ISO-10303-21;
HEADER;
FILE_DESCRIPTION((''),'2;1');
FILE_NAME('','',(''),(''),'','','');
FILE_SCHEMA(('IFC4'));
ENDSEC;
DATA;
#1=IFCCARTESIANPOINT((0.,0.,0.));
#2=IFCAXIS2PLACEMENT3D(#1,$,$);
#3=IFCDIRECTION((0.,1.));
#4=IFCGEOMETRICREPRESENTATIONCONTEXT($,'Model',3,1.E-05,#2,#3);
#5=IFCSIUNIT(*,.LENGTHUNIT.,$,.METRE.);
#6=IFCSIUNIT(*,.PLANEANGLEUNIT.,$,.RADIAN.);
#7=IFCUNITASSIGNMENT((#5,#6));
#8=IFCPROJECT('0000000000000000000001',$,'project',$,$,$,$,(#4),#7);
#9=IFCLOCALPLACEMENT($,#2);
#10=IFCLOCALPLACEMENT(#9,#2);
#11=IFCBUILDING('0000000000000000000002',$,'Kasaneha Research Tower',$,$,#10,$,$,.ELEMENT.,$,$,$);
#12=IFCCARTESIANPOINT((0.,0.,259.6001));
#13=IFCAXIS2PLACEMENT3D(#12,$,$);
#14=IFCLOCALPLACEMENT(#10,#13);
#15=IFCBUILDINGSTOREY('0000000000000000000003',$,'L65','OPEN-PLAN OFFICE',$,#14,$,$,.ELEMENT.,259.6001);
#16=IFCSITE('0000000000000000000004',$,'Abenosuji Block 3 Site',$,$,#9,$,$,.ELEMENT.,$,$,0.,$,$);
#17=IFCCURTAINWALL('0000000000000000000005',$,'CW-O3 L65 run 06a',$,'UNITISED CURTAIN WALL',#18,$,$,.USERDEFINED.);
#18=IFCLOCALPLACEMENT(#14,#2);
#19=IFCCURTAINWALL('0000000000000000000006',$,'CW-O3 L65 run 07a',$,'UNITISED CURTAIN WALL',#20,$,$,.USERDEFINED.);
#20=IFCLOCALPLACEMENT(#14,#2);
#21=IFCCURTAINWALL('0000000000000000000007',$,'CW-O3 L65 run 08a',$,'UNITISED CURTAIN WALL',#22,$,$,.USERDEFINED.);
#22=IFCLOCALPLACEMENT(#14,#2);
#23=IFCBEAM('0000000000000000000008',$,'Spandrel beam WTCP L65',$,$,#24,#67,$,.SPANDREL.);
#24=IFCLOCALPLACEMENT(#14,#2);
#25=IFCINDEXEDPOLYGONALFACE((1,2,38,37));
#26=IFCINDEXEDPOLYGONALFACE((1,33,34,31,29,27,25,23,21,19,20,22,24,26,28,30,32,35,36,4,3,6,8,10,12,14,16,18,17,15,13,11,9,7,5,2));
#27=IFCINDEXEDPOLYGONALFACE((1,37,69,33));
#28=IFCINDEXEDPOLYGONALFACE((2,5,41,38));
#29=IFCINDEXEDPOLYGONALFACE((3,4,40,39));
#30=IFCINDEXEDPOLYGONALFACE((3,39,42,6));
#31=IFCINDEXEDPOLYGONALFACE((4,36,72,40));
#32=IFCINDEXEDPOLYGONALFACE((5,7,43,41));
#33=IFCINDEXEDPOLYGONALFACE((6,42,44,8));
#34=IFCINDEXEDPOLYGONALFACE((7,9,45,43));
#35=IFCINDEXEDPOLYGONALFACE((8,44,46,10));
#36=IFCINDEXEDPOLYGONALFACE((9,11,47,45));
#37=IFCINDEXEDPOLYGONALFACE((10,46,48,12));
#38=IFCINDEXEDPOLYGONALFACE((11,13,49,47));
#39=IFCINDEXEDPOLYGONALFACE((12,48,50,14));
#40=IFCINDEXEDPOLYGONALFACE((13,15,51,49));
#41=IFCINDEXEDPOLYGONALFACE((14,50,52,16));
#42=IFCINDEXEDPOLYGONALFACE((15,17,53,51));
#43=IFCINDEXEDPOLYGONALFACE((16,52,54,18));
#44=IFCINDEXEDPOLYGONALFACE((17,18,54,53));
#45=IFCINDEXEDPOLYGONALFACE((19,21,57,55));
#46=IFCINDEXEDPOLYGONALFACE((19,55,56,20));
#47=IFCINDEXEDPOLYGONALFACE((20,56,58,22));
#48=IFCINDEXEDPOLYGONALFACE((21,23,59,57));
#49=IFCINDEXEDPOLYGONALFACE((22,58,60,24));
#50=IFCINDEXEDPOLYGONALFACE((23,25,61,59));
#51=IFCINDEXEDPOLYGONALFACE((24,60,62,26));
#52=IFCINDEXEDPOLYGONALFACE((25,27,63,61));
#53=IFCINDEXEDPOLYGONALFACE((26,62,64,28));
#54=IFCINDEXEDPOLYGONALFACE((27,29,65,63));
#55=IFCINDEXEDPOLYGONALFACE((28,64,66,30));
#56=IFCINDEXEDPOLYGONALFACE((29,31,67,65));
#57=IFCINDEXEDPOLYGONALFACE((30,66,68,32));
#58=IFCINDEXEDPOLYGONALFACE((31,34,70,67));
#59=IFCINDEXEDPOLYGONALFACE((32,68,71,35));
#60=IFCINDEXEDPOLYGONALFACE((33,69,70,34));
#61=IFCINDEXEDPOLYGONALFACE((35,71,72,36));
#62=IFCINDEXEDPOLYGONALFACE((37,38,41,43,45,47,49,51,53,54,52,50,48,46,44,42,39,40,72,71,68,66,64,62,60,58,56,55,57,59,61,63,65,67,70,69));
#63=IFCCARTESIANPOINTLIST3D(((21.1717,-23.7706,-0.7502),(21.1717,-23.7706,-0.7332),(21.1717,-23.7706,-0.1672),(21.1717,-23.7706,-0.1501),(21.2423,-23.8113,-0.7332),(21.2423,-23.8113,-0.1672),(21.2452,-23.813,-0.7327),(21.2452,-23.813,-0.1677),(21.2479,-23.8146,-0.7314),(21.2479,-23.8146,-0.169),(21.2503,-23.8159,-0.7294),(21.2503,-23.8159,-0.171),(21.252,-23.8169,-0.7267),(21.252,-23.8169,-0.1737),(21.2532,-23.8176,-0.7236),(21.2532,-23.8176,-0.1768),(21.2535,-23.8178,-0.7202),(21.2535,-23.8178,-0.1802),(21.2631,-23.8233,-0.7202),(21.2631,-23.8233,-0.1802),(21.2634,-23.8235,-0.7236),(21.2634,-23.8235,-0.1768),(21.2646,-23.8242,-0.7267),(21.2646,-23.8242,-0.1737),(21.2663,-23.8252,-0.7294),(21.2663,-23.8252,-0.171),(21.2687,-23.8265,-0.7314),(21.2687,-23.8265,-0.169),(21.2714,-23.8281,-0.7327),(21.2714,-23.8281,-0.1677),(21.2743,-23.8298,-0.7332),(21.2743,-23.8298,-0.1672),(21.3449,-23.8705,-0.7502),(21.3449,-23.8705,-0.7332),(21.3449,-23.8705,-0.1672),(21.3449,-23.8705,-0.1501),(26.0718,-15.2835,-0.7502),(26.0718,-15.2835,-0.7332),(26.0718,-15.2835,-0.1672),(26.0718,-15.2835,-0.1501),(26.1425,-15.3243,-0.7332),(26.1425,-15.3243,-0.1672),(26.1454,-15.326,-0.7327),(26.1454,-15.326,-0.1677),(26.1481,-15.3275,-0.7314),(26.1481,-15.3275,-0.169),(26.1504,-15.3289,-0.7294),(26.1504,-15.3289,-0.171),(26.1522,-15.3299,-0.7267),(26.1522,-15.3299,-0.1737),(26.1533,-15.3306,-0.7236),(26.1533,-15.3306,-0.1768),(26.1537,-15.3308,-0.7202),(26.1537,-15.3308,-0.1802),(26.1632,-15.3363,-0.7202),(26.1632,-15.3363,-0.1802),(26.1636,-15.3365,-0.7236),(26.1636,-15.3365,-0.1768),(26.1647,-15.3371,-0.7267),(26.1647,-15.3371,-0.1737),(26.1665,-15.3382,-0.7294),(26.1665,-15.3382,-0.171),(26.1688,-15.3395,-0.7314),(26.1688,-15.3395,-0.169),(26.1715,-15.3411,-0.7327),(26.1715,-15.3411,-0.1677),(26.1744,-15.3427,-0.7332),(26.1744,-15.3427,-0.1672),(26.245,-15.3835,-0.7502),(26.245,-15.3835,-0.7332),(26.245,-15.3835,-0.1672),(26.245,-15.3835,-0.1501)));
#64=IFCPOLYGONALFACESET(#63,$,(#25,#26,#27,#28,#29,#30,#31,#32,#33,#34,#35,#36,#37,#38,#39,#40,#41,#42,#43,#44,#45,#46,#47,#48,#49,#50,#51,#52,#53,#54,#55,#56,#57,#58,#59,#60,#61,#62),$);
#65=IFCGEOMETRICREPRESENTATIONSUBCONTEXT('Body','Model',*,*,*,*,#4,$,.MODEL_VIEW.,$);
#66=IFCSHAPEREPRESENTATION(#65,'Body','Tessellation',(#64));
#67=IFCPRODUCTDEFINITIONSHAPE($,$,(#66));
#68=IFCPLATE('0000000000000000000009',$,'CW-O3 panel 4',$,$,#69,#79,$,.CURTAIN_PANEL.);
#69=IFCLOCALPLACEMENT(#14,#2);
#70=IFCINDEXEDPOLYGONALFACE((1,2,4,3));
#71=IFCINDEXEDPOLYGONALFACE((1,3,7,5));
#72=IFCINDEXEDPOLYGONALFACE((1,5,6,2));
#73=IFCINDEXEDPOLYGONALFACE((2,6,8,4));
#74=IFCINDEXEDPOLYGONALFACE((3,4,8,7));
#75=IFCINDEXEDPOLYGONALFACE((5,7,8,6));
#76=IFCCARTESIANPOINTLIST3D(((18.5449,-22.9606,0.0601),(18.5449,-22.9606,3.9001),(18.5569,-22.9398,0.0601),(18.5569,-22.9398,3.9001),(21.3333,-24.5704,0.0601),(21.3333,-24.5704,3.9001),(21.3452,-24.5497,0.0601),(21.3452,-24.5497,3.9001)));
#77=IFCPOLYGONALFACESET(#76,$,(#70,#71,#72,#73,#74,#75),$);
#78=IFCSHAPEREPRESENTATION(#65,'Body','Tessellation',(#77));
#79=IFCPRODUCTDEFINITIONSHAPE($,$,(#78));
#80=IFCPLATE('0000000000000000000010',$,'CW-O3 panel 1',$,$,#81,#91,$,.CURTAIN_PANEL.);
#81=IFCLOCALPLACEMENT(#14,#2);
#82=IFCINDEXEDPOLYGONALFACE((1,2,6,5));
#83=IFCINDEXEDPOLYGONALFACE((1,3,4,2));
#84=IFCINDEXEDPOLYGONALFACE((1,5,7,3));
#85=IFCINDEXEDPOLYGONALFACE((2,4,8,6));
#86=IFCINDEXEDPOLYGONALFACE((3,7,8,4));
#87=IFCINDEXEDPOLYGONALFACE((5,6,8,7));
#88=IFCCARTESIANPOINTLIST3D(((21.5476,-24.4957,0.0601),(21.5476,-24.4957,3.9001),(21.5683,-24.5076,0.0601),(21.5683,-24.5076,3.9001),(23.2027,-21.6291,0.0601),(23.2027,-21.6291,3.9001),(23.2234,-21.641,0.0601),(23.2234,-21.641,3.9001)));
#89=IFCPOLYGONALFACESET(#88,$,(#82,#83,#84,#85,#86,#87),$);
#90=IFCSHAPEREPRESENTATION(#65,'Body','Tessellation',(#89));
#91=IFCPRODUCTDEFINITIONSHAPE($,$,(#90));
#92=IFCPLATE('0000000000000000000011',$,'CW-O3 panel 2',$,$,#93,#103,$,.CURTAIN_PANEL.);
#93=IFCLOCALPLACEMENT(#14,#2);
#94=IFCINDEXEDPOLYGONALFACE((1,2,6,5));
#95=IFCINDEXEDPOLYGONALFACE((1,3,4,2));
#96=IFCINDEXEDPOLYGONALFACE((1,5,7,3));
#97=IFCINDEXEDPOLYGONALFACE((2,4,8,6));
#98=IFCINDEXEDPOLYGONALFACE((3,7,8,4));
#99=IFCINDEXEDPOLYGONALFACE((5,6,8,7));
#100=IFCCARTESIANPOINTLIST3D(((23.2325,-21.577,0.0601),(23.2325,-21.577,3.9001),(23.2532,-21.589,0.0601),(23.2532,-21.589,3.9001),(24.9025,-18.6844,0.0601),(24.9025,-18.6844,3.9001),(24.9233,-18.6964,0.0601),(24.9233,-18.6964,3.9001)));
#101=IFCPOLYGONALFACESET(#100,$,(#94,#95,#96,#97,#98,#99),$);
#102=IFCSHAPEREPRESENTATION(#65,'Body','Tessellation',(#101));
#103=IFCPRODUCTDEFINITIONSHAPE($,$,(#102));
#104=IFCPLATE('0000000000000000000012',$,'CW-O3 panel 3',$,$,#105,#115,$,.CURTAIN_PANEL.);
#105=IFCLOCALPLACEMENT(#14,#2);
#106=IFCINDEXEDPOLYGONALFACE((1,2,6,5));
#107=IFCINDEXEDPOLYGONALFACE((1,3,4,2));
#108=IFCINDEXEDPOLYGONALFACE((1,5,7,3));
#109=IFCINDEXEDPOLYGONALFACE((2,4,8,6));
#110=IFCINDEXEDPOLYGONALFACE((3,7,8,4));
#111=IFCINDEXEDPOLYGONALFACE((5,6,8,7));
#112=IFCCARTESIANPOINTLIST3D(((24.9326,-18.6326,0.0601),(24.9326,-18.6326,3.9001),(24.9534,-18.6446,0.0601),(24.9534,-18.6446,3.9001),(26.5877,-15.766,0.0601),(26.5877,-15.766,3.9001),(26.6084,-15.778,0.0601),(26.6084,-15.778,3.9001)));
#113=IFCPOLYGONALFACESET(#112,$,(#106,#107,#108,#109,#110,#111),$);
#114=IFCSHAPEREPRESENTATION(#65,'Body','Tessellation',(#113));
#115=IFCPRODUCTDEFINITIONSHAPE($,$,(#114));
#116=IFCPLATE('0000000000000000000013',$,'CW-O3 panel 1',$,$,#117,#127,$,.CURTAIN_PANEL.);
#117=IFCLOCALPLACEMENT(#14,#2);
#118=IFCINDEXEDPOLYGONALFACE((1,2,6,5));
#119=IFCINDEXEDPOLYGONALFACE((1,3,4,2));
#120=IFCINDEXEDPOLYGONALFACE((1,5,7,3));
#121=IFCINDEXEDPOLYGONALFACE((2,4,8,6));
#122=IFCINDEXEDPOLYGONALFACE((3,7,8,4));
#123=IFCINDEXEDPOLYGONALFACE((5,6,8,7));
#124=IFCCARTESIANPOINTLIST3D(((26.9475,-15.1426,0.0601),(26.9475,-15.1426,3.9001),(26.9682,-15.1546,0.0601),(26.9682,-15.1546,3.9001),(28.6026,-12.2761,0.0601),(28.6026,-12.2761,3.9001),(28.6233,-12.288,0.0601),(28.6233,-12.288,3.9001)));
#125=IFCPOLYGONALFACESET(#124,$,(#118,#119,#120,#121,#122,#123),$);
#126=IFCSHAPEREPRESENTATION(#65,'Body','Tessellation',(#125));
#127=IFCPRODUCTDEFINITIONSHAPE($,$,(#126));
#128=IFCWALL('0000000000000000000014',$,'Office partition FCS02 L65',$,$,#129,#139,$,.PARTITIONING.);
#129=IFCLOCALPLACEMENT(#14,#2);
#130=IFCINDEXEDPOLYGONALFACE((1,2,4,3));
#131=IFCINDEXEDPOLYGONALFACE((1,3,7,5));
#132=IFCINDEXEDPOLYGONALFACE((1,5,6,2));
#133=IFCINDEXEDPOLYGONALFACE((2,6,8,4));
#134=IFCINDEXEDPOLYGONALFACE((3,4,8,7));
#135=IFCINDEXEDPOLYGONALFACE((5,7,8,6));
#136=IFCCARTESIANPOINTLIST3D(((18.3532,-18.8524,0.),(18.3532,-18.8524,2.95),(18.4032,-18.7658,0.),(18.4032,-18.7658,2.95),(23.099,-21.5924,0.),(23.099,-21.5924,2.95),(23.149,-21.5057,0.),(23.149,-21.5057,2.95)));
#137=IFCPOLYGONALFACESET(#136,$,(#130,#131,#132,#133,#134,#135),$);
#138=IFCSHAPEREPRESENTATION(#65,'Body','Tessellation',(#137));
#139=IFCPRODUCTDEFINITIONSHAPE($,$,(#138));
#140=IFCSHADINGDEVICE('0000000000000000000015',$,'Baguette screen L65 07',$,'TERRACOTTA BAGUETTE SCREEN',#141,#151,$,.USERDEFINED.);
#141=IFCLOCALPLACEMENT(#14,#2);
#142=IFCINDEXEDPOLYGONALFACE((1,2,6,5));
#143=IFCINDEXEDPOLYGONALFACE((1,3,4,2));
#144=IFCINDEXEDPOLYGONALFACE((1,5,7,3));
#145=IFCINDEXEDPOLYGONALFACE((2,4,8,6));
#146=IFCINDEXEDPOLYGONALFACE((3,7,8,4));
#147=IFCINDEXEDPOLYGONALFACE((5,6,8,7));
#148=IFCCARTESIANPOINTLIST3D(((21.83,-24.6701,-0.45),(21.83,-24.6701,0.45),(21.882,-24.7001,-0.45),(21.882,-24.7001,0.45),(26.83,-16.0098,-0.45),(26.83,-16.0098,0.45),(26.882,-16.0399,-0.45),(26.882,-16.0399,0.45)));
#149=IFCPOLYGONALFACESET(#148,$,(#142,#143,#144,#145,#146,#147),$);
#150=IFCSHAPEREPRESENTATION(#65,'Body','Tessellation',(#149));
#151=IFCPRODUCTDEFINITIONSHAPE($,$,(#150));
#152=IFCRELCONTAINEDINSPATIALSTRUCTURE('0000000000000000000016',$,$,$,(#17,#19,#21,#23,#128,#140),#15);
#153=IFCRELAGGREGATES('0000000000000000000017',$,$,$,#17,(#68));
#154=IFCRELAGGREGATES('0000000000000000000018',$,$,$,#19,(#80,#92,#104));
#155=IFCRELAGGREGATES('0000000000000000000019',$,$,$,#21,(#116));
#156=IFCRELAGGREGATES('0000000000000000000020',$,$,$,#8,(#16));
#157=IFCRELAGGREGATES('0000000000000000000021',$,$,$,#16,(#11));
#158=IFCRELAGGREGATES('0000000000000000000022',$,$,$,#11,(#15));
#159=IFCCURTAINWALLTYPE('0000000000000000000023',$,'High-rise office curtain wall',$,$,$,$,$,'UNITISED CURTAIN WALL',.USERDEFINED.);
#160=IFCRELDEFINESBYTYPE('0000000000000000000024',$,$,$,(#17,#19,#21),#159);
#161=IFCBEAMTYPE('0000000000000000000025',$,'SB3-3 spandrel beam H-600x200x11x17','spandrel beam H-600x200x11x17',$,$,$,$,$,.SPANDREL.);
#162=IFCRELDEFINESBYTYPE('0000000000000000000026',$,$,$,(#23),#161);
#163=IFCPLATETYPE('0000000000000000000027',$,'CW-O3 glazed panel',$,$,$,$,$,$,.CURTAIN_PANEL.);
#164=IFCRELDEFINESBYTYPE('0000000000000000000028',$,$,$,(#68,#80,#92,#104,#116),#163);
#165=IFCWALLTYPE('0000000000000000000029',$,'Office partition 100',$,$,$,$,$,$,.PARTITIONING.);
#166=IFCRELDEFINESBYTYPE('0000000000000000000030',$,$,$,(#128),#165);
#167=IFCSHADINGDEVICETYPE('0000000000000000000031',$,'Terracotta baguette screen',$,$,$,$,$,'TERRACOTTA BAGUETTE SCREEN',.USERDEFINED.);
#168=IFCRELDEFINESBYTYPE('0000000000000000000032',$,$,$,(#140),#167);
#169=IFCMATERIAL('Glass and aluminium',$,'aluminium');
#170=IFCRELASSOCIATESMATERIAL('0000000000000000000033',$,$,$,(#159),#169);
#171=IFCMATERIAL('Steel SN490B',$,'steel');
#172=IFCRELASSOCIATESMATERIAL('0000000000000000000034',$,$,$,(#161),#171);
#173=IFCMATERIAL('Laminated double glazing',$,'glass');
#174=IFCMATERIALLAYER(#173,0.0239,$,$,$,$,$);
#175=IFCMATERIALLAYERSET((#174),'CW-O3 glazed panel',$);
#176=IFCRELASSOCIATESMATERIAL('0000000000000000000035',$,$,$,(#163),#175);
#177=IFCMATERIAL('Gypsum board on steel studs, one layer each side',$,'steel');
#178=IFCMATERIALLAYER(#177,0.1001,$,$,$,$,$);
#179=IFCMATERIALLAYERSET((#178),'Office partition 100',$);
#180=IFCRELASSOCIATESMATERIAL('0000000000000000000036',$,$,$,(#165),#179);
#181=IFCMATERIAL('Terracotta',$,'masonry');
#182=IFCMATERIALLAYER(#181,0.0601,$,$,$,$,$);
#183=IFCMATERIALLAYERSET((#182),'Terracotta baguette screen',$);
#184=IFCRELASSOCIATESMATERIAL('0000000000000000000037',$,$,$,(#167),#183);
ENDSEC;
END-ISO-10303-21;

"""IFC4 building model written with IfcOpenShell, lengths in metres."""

from ifc_helpers import new_model, si_unit, direction, frame, frame_2d, origin, origin_2d, place, context, subcontext, project, spatial, rectangle, i_section, extrude, material, layer, layer_set, material_profile, profile_set, type_object, element, aggregate, save


model = new_model("IFC4")

# Units and contexts
model_context = context("Model", 3, precision=1e-05, world=origin(), true_north=direction((0.0, 1.0)))
body_context = subcontext(model_context, "Body", "Model", "MODEL_VIEW")
ifc_project = project(units=[si_unit("LENGTHUNIT", "METRE"), si_unit("PLANEANGLEUNIT", "RADIAN")], contexts=[model_context])

# Site, building, storey
site_placement = place(None, origin())
site = spatial("IfcSite", under=ifc_project, at=site_placement, Name="Abenosuji Block 3 Site", CompositionType="ELEMENT", RefElevation=0.0)
building_placement = place(site_placement, origin())
building = spatial("IfcBuilding", under=site, at=building_placement, Name="Kasaneha Research Tower", CompositionType="ELEMENT")
storey_placement = place(building_placement, frame((0.0, 0.0, 259.6001)))
storey = spatial("IfcBuildingStorey", under=building, at=storey_placement, Name="L65", Description="OPEN-PLAN OFFICE", CompositionType="ELEMENT", Elevation=259.6001)

# Curtain wall
ifc_material_1 = material(Name="Glass and aluminium", Category="aluminium")
curtain_wall_type = type_object("IfcCurtainWallType", Name="High-rise office curtain wall", ElementType="UNITISED CURTAIN WALL", PredefinedType="USERDEFINED", material=ifc_material_1)
curtain_wall_1_placement = place(storey_placement, origin())
curtain_wall_1 = element("IfcCurtainWall", 1, at=curtain_wall_1_placement, inside=storey, type_object=curtain_wall_type, Name="CW-O3 L65 run 06a", ObjectType="UNITISED CURTAIN WALL", PredefinedType="USERDEFINED")

# Curtain wall
curtain_wall_2_placement = place(storey_placement, origin())
curtain_wall_2 = element("IfcCurtainWall", 2, at=curtain_wall_2_placement, inside=storey, type_object=curtain_wall_type, Name="CW-O3 L65 run 07a", ObjectType="UNITISED CURTAIN WALL", PredefinedType="USERDEFINED")

# Curtain wall
curtain_wall_3_placement = place(storey_placement, origin())
curtain_wall_3 = element("IfcCurtainWall", 3, at=curtain_wall_3_placement, inside=storey, type_object=curtain_wall_type, Name="CW-O3 L65 run 08a", ObjectType="UNITISED CURTAIN WALL", PredefinedType="USERDEFINED")

# Beam
ifc_material_2 = material(Name="Steel SN490B", Category="steel")
ifc_material_profile_1 = material_profile(ifc_material_2, i_section(OverallWidth=0.2, OverallDepth=0.6001, WebThickness=0.011, FlangeThickness=0.0171, FilletRadius=0.0129, at=origin_2d()), Name="H-600x200x11x17")
ifc_profile_set_1 = profile_set([ifc_material_profile_1], Name="Steel SN490B")
beam_type = type_object("IfcBeamType", Name="SB3-3 spandrel beam H-600x200x11x17", Description="spandrel beam H-600x200x11x17", PredefinedType="SPANDREL", material=ifc_profile_set_1)
beam_placement = place(storey_placement, frame((21.2583, -23.8206, -0.4502), z_axis=(0.500011, 0.866019, 0.0), x_axis=(-0.866019, 0.500011, 0.0)))
element("IfcBeam", 4, at=beam_placement, inside=storey, type_object=beam_type, Name="Spandrel beam WTCP L65", PredefinedType="SPANDREL", context=body_context, shape_type="SweptSolid", body=[
    extrude(i_section(OverallWidth=0.2, OverallDepth=0.6001, WebThickness=0.011, FlangeThickness=0.0171, FilletRadius=0.0129, at=origin_2d()), origin(), (0.0, 0.0, 1.0), 9.8),
])

# Plates
ifc_material_3 = material(Name="Laminated double glazing", Category="glass")
ifc_layer_1 = layer(ifc_material_3, 0.0239)
ifc_layer_set_1 = layer_set([ifc_layer_1], Name="CW-O3 glazed panel")
plate_type = type_object("IfcPlateType", Name="CW-O3 glazed panel", PredefinedType="CURTAIN_PANEL", material=ifc_layer_set_1)
plate_1_placement = place(storey_placement, frame((19.9451, -23.7551, 0.0601), z_axis=(0.0, 0.0, 1.0), x_axis=(0.866025, -0.5, 0.0)))
plate_1 = element("IfcPlate", 5, at=plate_1_placement, type_object=plate_type, Name="CW-O3 panel 4", PredefinedType="CURTAIN_PANEL", context=body_context, shape_type="SweptSolid", body=[
    extrude(rectangle(XDim=3.2197, YDim=0.0239, at=origin_2d()), origin(), (0.0, 0.0, 1.0), 3.8401),
])
aggregate(curtain_wall_1, [plate_1])
plate_2_placement = place(storey_placement, frame((22.3855, -23.0684, 0.0601), z_axis=(0.0, 0.0, 1.0), x_axis=(0.5, 0.866025, 0.0)))
plate_2 = element("IfcPlate", 6, at=plate_2_placement, type_object=plate_type, Name="CW-O3 panel 1", PredefinedType="CURTAIN_PANEL", context=body_context, shape_type="SweptSolid", body=[
    extrude(rectangle(XDim=3.3101, YDim=0.0239, at=origin_2d()), origin(), (0.0, 0.0, 1.0), 3.8401),
])
plate_3_placement = place(storey_placement, frame((24.0779, -20.1367, 0.0601), z_axis=(0.0, 0.0, 1.0), x_axis=(0.5, 0.866025, 0.0)))
plate_3 = element("IfcPlate", 7, at=plate_3_placement, type_object=plate_type, Name="CW-O3 panel 2", PredefinedType="CURTAIN_PANEL", context=body_context, shape_type="SweptSolid", body=[
    extrude(rectangle(XDim=3.3401, YDim=0.0239, at=origin_2d()), origin(), (0.0, 0.0, 1.0), 3.8401),
])
plate_4_placement = place(storey_placement, frame((25.7705, -17.2053, 0.0601), z_axis=(0.0, 0.0, 1.0), x_axis=(0.5, 0.866025, 0.0)))
plate_4 = element("IfcPlate", 8, at=plate_4_placement, type_object=plate_type, Name="CW-O3 panel 3", PredefinedType="CURTAIN_PANEL", context=body_context, shape_type="SweptSolid", body=[
    extrude(rectangle(XDim=3.3101, YDim=0.0239, at=origin_2d()), origin(), (0.0, 0.0, 1.0), 3.8401),
])
aggregate(curtain_wall_2, [plate_2, plate_3, plate_4])
plate_5_placement = place(storey_placement, frame((27.7854, -13.7153, 0.0601), z_axis=(0.0, 0.0, 1.0), x_axis=(0.5, 0.866025, 0.0)))
plate_5 = element("IfcPlate", 9, at=plate_5_placement, type_object=plate_type, Name="CW-O3 panel 1", PredefinedType="CURTAIN_PANEL", context=body_context, shape_type="SweptSolid", body=[
    extrude(rectangle(XDim=3.3101, YDim=0.0239, at=origin_2d()), origin(), (0.0, 0.0, 1.0), 3.8401),
])
aggregate(curtain_wall_3, [plate_5])

# Wall
ifc_material_4 = material(Name="Gypsum board on steel studs, one layer each side", Category="steel")
ifc_layer_2 = layer(ifc_material_4, 0.1001)
ifc_layer_set_2 = layer_set([ifc_layer_2], Name="Office partition 100")
wall_type = type_object("IfcWallType", Name="Office partition 100", PredefinedType="PARTITIONING", material=ifc_layer_set_2)
wall_placement = place(storey_placement, frame((23.124, -21.5491, 0.0), z_axis=(0.0, 0.0, 1.0), x_axis=(-0.866028, 0.499996, 0.0)))
element("IfcWall", 10, at=wall_placement, inside=storey, type_object=wall_type, Name="Office partition FCS02 L65", PredefinedType="PARTITIONING", context=body_context, shape_type="SweptSolid", body=[
    extrude(rectangle(XDim=5.48, YDim=0.1001, at=frame_2d((2.74, 0.0))), origin(), (0.0, 0.0, 1.0), 2.95),
])

# Shading device
ifc_material_5 = material(Name="Terracotta", Category="masonry")
ifc_layer_3 = layer(ifc_material_5, 0.0601)
ifc_layer_set_3 = layer_set([ifc_layer_3], Name="Terracotta baguette screen")
shading_device_type = type_object("IfcShadingDeviceType", Name="Terracotta baguette screen", ElementType="TERRACOTTA BAGUETTE SCREEN", PredefinedType="USERDEFINED", material=ifc_layer_set_3)
shading_device_placement = place(storey_placement, frame((24.356, -20.355, -0.45), z_axis=(0.0, 0.0, 1.0), x_axis=(0.5, 0.866025, 0.0)))
element("IfcShadingDevice", 11, at=shading_device_placement, inside=storey, type_object=shading_device_type, Name="Baguette screen L65 07", ObjectType="TERRACOTTA BAGUETTE SCREEN", PredefinedType="USERDEFINED", context=body_context, shape_type="SweptSolid", body=[
    extrude(rectangle(XDim=10.0, YDim=0.0601, at=origin_2d()), origin(), (0.0, 0.0, 1.0), 0.8999),
])

save(model, "model.ifc")
